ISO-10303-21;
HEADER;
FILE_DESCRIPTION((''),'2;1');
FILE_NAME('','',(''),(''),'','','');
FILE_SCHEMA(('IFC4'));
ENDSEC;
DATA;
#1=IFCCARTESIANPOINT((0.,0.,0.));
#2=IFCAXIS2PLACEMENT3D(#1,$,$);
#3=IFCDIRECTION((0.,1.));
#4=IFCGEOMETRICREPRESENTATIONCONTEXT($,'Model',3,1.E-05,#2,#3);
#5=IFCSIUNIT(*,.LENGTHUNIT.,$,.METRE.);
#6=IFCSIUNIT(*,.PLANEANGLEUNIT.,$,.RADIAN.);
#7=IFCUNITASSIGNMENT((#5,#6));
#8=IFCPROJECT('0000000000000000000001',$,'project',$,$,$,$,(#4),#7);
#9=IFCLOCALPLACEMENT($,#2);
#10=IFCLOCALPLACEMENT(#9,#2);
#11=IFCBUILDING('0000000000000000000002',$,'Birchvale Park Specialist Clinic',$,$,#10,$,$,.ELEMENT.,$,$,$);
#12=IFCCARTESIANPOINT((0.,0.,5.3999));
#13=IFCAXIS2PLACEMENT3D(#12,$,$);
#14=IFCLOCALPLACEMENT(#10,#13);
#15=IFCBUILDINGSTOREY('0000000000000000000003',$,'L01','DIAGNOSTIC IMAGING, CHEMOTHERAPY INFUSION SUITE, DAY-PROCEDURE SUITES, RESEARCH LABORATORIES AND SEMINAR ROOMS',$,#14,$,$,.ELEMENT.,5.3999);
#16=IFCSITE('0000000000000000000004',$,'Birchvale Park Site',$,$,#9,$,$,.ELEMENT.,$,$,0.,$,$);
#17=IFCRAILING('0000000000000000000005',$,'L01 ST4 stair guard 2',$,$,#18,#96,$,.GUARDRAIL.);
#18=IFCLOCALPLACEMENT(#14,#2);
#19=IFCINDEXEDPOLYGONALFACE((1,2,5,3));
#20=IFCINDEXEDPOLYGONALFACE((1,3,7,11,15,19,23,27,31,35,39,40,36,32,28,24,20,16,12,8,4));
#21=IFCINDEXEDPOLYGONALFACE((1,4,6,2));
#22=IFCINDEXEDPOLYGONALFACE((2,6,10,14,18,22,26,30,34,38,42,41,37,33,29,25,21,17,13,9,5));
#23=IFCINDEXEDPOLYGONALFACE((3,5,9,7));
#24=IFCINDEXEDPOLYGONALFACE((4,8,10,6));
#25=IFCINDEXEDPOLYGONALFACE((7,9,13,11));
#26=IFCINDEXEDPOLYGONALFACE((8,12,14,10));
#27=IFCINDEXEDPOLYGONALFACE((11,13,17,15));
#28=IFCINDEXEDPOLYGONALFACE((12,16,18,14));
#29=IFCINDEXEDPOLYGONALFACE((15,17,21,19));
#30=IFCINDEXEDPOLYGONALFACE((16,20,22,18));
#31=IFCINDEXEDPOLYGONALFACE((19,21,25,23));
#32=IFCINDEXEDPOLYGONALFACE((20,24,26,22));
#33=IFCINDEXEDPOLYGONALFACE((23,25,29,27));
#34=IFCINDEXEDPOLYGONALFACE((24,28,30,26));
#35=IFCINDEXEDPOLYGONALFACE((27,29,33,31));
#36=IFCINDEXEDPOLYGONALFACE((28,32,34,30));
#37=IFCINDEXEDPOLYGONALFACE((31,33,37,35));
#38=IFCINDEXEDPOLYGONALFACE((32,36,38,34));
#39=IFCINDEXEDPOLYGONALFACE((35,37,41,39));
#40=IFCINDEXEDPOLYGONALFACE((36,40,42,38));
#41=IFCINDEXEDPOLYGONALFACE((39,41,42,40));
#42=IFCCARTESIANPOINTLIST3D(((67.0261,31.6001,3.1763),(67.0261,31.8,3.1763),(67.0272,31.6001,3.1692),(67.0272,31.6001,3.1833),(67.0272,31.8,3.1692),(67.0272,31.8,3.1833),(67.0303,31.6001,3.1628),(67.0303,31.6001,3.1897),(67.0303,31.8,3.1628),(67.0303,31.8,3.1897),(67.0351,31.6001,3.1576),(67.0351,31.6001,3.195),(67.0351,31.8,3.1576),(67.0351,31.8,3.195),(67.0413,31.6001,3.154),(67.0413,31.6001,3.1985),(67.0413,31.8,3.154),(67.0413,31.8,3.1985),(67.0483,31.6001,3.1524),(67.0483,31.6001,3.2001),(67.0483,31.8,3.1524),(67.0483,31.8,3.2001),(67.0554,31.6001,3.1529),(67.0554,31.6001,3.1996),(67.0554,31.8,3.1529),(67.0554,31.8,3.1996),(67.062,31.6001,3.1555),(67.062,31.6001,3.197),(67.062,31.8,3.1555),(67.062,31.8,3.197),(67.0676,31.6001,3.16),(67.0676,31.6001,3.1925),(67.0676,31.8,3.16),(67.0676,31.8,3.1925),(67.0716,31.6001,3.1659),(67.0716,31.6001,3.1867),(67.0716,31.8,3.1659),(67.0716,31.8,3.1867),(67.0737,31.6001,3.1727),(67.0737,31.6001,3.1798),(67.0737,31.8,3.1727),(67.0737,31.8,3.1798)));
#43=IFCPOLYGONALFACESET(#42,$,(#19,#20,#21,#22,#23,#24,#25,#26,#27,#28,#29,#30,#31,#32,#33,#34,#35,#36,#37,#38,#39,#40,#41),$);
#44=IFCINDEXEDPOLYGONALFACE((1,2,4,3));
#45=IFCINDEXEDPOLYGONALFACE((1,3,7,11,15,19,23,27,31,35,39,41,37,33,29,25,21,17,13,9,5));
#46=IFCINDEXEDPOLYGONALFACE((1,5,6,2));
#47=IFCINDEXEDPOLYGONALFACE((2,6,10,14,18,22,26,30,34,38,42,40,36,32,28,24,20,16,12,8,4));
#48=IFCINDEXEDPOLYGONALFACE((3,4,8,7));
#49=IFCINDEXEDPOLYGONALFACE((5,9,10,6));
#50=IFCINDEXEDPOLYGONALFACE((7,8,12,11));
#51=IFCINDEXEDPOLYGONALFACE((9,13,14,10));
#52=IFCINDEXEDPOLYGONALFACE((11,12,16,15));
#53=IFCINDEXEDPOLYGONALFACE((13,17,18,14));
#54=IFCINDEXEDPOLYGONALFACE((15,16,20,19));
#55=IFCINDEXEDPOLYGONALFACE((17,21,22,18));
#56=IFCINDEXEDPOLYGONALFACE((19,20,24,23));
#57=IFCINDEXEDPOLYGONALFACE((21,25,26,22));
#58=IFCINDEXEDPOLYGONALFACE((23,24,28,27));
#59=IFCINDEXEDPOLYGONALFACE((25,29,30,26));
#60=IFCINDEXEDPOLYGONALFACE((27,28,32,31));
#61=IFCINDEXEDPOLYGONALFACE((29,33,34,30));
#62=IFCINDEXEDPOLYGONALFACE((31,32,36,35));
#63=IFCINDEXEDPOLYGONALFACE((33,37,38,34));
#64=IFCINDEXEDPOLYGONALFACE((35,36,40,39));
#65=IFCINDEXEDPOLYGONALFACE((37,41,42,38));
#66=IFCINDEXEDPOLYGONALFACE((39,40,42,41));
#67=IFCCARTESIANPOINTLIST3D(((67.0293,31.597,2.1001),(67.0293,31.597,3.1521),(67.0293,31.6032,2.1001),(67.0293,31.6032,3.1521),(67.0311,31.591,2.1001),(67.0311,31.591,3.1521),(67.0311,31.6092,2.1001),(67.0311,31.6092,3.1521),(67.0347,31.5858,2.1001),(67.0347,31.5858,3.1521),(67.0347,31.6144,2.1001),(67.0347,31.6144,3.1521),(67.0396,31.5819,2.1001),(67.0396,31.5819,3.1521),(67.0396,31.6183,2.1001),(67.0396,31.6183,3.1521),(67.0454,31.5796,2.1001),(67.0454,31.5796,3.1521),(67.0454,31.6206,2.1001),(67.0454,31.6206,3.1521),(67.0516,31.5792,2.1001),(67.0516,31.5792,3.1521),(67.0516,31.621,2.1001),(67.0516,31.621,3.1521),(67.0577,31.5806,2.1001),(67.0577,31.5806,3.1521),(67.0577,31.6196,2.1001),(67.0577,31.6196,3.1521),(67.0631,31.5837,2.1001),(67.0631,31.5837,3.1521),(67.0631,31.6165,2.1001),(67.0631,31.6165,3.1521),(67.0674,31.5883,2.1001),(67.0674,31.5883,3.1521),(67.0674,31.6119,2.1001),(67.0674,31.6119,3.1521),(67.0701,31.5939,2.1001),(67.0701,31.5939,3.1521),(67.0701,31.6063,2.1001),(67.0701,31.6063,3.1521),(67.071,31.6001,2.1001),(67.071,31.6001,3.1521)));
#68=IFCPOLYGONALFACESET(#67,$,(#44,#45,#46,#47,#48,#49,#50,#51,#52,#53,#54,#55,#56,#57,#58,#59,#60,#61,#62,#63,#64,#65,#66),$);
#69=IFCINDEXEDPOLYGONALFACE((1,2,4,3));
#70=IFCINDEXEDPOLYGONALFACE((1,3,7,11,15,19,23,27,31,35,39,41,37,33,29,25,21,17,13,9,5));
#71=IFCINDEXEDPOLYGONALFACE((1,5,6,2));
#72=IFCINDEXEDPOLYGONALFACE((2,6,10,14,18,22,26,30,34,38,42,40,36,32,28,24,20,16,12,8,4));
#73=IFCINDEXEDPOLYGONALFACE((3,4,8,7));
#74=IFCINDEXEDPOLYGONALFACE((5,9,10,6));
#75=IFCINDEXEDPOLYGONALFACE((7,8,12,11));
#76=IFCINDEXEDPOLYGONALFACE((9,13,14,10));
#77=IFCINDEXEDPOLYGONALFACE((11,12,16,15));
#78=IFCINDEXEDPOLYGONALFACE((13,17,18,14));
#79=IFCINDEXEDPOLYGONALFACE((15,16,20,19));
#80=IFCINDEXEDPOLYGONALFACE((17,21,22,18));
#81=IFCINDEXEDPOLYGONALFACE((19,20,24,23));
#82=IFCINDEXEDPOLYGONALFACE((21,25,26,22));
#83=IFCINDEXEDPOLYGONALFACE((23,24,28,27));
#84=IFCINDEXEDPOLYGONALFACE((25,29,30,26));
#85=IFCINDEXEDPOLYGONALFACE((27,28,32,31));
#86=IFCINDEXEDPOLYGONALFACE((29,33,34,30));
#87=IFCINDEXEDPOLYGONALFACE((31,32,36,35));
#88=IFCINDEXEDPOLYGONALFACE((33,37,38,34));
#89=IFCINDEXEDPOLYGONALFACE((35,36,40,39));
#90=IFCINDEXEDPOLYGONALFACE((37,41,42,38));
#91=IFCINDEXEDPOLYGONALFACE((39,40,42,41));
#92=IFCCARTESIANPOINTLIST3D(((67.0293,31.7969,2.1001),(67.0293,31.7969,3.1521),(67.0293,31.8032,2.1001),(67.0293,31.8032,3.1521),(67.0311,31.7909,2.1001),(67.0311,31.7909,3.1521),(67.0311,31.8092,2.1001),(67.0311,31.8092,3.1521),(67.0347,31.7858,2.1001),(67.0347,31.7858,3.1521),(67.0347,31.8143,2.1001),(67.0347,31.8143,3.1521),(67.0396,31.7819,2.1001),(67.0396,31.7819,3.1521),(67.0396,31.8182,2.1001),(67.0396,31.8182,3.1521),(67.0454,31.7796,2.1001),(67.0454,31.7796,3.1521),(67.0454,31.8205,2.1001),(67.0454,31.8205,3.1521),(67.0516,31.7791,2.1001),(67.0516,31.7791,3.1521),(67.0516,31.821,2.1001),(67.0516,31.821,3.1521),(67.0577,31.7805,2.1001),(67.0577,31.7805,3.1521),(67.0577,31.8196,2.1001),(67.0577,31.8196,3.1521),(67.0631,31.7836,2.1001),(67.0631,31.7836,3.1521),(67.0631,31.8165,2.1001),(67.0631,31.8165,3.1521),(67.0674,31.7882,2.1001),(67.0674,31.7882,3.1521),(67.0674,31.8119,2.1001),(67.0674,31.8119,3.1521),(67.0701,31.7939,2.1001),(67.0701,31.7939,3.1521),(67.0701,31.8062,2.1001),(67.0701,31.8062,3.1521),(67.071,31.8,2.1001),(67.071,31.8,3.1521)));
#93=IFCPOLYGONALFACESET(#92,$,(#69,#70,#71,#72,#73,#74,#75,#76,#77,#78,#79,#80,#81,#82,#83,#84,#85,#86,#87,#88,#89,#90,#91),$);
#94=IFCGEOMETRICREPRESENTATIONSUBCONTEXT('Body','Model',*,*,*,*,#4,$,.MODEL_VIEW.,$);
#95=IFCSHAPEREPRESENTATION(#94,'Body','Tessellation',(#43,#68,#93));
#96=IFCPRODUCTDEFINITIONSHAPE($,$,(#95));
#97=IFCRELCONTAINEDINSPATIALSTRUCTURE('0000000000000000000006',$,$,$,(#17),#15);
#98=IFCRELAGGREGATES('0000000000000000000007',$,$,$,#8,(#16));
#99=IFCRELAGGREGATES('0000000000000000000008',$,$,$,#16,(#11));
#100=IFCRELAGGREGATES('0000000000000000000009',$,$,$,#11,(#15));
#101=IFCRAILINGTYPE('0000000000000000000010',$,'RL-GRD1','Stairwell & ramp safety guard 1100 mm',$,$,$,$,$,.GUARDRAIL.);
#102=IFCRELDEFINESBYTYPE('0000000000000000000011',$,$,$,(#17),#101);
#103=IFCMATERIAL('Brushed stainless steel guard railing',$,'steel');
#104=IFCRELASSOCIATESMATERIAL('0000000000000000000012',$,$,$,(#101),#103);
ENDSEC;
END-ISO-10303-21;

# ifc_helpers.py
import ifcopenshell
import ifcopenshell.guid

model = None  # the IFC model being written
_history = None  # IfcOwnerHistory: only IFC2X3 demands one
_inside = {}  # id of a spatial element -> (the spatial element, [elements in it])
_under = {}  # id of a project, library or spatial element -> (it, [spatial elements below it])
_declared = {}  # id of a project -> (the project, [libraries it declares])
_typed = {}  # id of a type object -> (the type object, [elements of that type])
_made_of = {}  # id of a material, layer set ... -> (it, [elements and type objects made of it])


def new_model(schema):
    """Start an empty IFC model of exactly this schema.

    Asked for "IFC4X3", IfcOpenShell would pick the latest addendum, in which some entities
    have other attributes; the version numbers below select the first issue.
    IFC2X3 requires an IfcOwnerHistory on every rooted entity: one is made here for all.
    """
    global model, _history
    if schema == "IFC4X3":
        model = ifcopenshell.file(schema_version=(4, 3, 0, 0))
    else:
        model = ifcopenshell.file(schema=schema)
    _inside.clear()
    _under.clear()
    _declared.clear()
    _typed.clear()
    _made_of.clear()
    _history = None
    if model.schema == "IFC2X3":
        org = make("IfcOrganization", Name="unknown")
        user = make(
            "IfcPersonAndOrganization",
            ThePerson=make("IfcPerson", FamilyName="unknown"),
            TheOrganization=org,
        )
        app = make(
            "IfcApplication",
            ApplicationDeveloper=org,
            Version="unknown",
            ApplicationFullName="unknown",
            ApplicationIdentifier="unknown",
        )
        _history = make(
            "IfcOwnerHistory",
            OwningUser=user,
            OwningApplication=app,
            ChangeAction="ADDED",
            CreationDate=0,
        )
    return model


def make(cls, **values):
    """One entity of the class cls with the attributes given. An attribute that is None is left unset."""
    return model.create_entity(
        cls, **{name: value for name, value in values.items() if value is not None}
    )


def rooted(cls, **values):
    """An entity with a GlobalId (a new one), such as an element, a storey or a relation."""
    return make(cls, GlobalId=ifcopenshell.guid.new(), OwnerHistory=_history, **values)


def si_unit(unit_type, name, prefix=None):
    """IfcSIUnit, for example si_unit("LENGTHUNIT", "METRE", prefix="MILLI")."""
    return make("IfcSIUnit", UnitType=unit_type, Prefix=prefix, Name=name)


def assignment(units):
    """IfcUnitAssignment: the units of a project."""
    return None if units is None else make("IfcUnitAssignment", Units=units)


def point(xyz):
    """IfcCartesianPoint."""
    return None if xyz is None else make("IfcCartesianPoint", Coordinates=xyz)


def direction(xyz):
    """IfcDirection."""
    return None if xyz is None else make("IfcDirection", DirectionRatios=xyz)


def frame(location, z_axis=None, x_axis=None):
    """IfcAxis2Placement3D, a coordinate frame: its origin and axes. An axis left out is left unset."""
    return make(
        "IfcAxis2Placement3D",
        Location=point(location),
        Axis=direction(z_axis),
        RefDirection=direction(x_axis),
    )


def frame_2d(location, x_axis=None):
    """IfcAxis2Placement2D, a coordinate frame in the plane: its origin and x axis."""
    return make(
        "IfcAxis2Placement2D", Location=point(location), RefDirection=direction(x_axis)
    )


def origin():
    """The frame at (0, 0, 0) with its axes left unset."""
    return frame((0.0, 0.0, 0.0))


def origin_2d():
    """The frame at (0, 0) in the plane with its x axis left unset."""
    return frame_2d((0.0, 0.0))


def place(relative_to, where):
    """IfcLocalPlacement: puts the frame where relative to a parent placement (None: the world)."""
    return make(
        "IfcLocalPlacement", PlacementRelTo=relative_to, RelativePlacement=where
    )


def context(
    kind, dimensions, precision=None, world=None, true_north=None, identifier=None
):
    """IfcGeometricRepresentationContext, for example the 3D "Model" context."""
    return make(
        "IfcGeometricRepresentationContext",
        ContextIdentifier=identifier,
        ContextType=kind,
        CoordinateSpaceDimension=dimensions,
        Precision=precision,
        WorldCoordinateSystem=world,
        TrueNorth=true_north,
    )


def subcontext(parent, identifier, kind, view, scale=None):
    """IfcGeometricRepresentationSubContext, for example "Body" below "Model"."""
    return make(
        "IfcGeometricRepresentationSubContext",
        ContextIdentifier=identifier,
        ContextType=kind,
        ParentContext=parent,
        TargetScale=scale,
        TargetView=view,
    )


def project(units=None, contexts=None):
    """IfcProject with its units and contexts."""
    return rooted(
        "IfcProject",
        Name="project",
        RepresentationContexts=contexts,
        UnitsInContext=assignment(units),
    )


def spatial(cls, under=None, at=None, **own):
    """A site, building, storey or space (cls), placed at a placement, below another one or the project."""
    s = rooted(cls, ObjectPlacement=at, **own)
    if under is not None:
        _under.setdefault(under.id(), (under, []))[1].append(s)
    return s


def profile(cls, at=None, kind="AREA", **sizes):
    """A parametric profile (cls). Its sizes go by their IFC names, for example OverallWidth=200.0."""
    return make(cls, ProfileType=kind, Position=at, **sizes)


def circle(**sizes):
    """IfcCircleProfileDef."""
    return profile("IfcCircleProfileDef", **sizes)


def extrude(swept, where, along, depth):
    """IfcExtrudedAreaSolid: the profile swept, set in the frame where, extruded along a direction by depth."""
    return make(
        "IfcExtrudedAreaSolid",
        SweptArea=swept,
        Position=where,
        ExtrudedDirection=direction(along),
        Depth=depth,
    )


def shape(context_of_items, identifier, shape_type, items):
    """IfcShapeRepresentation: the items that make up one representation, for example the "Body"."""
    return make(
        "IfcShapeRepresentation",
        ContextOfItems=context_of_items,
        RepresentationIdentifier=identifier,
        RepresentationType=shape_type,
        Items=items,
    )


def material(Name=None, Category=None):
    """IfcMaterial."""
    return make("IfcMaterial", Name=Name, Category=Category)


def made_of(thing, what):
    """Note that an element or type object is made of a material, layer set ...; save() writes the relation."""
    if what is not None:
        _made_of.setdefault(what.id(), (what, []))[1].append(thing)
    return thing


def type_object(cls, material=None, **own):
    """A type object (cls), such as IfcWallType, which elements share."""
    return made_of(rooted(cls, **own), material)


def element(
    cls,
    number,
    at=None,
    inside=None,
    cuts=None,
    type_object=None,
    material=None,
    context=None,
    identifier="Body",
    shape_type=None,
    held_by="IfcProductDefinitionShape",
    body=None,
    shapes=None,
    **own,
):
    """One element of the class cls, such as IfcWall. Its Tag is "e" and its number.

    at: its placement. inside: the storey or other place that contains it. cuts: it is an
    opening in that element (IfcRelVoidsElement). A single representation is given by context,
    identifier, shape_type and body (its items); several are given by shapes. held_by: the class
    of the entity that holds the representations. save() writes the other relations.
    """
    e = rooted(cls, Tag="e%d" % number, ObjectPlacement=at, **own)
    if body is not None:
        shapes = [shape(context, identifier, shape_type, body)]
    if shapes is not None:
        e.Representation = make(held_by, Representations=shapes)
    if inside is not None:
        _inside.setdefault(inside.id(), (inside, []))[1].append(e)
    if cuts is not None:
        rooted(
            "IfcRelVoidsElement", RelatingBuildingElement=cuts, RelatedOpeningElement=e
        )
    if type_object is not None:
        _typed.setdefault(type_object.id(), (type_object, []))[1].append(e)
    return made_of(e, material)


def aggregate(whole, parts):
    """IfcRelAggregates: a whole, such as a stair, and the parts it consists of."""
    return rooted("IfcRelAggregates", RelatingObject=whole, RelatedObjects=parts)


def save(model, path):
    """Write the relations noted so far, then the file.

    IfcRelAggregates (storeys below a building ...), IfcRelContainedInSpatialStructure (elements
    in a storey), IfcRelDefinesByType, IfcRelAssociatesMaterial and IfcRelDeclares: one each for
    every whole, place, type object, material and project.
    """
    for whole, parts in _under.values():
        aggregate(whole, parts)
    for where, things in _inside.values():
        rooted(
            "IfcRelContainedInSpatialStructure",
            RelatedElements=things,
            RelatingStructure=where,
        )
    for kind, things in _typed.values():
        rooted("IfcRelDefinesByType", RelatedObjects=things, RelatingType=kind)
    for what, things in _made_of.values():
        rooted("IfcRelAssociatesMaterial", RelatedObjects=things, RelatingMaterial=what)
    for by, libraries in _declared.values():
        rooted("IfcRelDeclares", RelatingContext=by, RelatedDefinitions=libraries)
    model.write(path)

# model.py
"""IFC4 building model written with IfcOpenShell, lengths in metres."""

from ifc_helpers import new_model, si_unit, direction, frame, origin, origin_2d, place, context, subcontext, project, spatial, circle, extrude, material, type_object, element, save


model = new_model("IFC4")

# Units and contexts
model_context = context("Model", 3, precision=1e-05, world=origin(), true_north=direction((0.0, 1.0)))
body_context = subcontext(model_context, "Body", "Model", "MODEL_VIEW")
ifc_project = project(units=[si_unit("LENGTHUNIT", "METRE"), si_unit("PLANEANGLEUNIT", "RADIAN")], contexts=[model_context])

# Site, building, storey
site_placement = place(None, origin())
site = spatial("IfcSite", under=ifc_project, at=site_placement, Name="Birchvale Park Site", CompositionType="ELEMENT", RefElevation=0.0)
building_placement = place(site_placement, origin())
building = spatial("IfcBuilding", under=site, at=building_placement, Name="Birchvale Park Specialist Clinic", CompositionType="ELEMENT")
storey_placement = place(building_placement, frame((0.0, 0.0, 5.3999)))
storey = spatial("IfcBuildingStorey", under=building, at=storey_placement, Name="L01", Description="DIAGNOSTIC IMAGING, CHEMOTHERAPY INFUSION SUITE, DAY-PROCEDURE SUITES, RESEARCH LABORATORIES AND SEMINAR ROOMS", CompositionType="ELEMENT", Elevation=5.3999)

# Railing
ifc_material_1 = material(Name="Brushed stainless steel guard railing", Category="steel")
railing_type_1 = type_object("IfcRailingType", Name="RL-GRD1", Description="Stairwell & ramp safety guard 1100 mm", PredefinedType="GUARDRAIL", material=ifc_material_1)
railing_1_placement = place(storey_placement, frame((67.05, 31.6001, 2.1001)))
element("IfcRailing", 1, at=railing_1_placement, inside=storey, type_object=railing_type_1, Name="L01 ST4 stair guard 2", PredefinedType="GUARDRAIL", context=body_context, shape_type="SweptSolid", body=[
    extrude(circle(Radius=0.0239, at=origin_2d()), frame((0.0, 0.0, 1.0762), z_axis=(0.0, 1.0, 0.0), x_axis=(-1.0, 0.0, 0.0)), (0.0, 0.0, 1.0), 0.2),
    extrude(circle(Radius=0.021, at=origin_2d()), origin(), (0.0, 0.0, 1.0), 1.052),
    extrude(circle(Radius=0.021, at=origin_2d()), frame((0.0, 0.2, 0.0)), (0.0, 0.0, 1.0), 1.052),
])

save(model, "model.ifc")
